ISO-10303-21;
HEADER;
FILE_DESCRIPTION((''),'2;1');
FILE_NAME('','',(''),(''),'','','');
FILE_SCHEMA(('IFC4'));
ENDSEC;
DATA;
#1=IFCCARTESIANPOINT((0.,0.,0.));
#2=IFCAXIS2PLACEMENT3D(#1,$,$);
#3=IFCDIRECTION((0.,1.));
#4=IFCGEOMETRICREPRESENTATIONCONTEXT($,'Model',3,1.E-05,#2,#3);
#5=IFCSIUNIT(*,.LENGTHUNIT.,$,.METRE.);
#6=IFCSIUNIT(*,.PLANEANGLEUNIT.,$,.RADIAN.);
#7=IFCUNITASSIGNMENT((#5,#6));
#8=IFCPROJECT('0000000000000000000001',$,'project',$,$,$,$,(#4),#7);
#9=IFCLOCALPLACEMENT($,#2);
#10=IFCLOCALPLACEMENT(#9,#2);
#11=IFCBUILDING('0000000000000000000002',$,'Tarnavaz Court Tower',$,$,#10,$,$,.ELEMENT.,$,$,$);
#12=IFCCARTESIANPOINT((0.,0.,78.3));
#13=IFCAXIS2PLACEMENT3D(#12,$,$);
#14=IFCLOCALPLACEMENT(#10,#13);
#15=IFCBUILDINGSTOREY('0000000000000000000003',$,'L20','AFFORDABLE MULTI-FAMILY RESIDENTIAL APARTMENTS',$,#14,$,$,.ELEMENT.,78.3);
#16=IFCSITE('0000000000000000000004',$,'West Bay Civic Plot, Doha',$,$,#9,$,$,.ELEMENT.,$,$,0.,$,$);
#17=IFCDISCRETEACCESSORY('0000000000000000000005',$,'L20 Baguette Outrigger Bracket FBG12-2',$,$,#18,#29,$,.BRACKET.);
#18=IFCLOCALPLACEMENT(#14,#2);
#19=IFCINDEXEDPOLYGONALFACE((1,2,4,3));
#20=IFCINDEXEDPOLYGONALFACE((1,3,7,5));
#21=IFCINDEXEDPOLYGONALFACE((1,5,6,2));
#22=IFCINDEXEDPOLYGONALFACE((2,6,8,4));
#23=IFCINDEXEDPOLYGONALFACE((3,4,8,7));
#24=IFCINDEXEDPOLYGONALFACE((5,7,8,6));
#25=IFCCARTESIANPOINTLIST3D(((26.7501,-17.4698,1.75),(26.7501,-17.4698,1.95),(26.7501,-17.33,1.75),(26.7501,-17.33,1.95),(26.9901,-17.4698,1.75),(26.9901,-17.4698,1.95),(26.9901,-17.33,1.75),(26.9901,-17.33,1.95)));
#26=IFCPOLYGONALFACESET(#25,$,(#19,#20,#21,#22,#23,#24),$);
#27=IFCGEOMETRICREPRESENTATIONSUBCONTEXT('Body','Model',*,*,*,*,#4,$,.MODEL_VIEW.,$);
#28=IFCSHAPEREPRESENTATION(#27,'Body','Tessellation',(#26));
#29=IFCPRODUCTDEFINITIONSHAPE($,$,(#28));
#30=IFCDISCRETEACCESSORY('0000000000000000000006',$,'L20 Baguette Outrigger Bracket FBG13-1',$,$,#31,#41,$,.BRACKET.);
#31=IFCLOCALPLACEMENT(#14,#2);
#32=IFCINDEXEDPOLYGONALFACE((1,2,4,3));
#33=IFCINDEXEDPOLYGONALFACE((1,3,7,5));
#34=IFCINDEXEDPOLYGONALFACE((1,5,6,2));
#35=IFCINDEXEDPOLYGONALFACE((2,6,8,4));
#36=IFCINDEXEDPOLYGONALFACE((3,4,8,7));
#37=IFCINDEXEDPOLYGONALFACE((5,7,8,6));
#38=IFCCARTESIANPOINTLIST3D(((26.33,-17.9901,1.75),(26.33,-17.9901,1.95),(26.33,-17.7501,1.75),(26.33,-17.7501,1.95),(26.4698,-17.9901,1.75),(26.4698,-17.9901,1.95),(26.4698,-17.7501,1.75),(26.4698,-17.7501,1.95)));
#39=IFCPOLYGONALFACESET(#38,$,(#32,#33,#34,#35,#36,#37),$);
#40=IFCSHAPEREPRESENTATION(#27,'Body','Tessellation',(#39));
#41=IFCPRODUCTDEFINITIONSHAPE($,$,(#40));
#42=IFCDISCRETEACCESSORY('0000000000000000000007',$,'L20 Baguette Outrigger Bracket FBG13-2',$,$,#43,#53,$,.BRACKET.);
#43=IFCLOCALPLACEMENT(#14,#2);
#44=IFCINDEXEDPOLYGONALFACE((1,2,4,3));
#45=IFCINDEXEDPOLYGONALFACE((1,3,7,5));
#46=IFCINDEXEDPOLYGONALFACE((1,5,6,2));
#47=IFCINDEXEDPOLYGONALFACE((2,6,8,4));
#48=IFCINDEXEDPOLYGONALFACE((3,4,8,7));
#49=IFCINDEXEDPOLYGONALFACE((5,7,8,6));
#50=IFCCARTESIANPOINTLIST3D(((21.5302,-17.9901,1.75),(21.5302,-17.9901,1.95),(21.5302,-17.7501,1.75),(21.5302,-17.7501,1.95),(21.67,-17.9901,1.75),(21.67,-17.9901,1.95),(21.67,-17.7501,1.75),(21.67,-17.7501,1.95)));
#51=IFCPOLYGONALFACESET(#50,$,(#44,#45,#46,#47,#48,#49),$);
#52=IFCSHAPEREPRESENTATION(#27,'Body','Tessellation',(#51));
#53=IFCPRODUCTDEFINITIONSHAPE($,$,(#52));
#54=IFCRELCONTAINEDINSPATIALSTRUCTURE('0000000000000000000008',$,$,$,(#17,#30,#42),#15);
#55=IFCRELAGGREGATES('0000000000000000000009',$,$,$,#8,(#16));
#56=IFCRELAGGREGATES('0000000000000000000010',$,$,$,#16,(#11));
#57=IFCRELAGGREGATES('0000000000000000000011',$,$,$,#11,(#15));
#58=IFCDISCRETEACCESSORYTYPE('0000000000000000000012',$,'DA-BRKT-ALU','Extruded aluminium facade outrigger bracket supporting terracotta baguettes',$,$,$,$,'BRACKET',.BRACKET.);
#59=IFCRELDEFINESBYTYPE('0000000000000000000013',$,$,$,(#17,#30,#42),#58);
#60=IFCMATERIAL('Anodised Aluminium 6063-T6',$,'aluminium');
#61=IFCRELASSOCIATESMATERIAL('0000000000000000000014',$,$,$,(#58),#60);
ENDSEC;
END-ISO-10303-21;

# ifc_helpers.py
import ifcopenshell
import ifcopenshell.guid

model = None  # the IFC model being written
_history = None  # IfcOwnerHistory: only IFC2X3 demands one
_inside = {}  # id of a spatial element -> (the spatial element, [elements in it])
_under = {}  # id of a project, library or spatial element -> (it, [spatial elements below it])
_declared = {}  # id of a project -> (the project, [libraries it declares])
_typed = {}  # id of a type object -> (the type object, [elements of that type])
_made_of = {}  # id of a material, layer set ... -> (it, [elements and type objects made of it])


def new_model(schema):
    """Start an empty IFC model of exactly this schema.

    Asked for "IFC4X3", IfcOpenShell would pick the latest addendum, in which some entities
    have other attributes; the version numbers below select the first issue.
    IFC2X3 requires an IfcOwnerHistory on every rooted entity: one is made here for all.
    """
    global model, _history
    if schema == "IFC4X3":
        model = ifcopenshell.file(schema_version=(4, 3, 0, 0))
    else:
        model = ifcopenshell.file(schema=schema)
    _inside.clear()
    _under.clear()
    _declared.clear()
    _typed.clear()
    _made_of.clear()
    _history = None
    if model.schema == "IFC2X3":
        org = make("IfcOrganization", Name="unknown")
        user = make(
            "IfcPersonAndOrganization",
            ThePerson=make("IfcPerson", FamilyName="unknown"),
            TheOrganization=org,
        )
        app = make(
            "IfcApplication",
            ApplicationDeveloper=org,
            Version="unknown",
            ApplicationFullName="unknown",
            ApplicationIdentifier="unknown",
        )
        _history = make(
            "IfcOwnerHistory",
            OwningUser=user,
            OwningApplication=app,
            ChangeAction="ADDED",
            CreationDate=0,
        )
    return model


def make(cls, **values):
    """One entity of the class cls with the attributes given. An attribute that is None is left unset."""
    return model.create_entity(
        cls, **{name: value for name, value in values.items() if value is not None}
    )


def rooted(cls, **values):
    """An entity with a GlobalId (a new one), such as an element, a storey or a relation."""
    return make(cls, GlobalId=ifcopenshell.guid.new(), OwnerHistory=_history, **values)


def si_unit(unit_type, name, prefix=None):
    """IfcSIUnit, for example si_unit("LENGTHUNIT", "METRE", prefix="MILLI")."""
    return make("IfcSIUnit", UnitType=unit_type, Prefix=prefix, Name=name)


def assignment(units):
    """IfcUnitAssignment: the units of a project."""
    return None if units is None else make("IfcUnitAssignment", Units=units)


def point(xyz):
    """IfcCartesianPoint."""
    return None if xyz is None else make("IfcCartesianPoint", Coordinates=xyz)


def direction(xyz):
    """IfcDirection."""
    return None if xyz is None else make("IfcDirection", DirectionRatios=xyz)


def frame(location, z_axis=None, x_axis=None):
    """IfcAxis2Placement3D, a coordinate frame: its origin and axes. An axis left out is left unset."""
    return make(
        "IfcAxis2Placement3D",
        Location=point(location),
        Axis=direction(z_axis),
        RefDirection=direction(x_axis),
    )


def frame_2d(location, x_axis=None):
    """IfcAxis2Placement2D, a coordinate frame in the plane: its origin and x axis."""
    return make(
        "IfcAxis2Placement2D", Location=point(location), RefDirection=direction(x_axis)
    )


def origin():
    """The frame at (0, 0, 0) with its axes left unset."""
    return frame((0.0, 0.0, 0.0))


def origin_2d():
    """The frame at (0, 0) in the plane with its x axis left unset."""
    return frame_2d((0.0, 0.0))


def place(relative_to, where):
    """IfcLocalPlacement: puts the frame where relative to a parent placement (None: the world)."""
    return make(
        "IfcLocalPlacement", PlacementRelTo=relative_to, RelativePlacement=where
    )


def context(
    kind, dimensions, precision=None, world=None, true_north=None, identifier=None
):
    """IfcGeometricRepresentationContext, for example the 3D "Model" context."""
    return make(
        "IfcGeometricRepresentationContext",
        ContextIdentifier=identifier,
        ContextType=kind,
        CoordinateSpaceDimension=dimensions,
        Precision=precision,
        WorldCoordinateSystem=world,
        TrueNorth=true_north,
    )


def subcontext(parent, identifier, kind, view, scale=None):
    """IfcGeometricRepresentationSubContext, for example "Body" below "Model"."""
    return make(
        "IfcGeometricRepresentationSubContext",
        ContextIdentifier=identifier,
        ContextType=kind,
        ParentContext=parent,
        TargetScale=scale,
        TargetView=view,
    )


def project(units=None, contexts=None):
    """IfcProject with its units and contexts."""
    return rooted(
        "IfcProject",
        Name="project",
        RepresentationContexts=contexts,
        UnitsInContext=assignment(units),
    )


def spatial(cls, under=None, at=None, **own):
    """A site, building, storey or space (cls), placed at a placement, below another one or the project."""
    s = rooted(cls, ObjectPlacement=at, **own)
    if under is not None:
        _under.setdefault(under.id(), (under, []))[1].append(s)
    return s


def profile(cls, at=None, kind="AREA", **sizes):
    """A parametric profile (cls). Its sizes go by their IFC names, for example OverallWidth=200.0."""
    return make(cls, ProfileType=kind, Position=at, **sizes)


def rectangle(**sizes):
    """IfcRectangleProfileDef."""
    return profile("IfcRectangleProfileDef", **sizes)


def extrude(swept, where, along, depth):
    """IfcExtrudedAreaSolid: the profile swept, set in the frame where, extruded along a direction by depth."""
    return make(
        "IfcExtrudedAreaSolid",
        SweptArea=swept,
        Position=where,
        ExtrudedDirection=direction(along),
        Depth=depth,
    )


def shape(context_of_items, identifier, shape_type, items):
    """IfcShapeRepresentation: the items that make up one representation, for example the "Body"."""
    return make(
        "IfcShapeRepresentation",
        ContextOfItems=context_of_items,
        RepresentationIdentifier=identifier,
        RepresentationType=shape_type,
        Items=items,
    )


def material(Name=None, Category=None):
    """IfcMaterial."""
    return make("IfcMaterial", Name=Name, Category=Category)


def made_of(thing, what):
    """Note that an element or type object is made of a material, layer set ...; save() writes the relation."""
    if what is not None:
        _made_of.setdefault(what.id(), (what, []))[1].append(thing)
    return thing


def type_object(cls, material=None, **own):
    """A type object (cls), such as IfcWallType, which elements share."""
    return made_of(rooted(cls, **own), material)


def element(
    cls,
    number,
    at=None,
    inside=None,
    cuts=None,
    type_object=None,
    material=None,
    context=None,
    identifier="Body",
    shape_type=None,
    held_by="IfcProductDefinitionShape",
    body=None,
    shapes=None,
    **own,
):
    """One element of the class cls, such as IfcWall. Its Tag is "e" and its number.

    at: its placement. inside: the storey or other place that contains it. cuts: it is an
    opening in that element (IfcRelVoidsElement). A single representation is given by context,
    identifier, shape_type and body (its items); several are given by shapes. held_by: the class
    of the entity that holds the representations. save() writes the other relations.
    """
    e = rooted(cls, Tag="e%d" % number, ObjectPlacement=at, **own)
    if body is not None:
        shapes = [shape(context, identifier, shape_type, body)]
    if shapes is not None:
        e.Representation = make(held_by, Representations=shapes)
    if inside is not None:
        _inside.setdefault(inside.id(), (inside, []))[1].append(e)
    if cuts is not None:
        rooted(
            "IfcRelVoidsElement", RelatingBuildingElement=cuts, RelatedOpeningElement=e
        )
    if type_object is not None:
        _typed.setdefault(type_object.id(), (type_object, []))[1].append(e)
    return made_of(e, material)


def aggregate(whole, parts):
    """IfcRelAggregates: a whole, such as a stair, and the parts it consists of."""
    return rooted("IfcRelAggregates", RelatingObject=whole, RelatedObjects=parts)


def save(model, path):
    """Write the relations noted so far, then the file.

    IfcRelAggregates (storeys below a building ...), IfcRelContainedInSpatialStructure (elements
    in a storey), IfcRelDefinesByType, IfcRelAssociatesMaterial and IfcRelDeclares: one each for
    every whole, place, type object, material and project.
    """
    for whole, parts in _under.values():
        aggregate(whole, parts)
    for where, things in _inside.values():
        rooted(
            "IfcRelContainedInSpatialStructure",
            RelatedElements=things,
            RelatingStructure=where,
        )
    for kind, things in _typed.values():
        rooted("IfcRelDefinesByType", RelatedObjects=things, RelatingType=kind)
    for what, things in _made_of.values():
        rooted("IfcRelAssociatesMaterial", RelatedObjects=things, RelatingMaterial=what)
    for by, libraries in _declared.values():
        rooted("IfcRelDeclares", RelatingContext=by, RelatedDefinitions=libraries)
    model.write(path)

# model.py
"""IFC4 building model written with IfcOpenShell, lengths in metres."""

from ifc_helpers import new_model, si_unit, direction, frame, origin, origin_2d, place, context, subcontext, project, spatial, rectangle, extrude, material, type_object, element, save


model = new_model("IFC4")

# Units and contexts
model_context = context("Model", 3, precision=1e-05, world=origin(), true_north=direction((0.0, 1.0)))
body_context = subcontext(model_context, "Body", "Model", "MODEL_VIEW")
ifc_project = project(units=[si_unit("LENGTHUNIT", "METRE"), si_unit("PLANEANGLEUNIT", "RADIAN")], contexts=[model_context])

# Site, building, storey
site_placement = place(None, origin())
site = spatial("IfcSite", under=ifc_project, at=site_placement, Name="West Bay Civic Plot, Doha", CompositionType="ELEMENT", RefElevation=0.0)
building_placement = place(site_placement, origin())
building = spatial("IfcBuilding", under=site, at=building_placement, Name="Tarnavaz Court Tower", CompositionType="ELEMENT")
storey_placement = place(building_placement, frame((0.0, 0.0, 78.3)))
storey = spatial("IfcBuildingStorey", under=building, at=storey_placement, Name="L20", Description="AFFORDABLE MULTI-FAMILY RESIDENTIAL APARTMENTS", CompositionType="ELEMENT", Elevation=78.3)

# Discrete accessories
ifc_material_1 = material(Name="Anodised Aluminium 6063-T6", Category="aluminium")
discrete_accessory_type = type_object("IfcDiscreteAccessoryType", Name="DA-BRKT-ALU", Description="Extruded aluminium facade outrigger bracket supporting terracotta baguettes", ElementType="BRACKET", PredefinedType="BRACKET", material=ifc_material_1)
for number, where, z_axis, x_axis, name in (
    (1, (26.8701, -17.3999, 1.75), (0.0, 0.0, 1.0), (0.0, -1.0, 0.0), "L20 Baguette Outrigger Bracket FBG12-2"),
    (2, (26.3999, -17.8701, 1.75), (0.0, 0.0, 1.0), (-1.0, 0.0, 0.0), "L20 Baguette Outrigger Bracket FBG13-1"),
    (3, (21.6001, -17.8701, 1.75), (0.0, 0.0, 1.0), (-1.0, 0.0, 0.0), "L20 Baguette Outrigger Bracket FBG13-2"),
):
    element("IfcDiscreteAccessory", number, at=place(storey_placement, frame(where, z_axis=z_axis, x_axis=x_axis)), inside=storey, type_object=discrete_accessory_type, Name=name, PredefinedType="BRACKET", context=body_context, shape_type="SweptSolid", body=[
        extrude(rectangle(XDim=0.1399, YDim=0.24, at=origin_2d()), origin(), (0.0, 0.0, 1.0), 0.2),
    ])

save(model, "model.ifc")
